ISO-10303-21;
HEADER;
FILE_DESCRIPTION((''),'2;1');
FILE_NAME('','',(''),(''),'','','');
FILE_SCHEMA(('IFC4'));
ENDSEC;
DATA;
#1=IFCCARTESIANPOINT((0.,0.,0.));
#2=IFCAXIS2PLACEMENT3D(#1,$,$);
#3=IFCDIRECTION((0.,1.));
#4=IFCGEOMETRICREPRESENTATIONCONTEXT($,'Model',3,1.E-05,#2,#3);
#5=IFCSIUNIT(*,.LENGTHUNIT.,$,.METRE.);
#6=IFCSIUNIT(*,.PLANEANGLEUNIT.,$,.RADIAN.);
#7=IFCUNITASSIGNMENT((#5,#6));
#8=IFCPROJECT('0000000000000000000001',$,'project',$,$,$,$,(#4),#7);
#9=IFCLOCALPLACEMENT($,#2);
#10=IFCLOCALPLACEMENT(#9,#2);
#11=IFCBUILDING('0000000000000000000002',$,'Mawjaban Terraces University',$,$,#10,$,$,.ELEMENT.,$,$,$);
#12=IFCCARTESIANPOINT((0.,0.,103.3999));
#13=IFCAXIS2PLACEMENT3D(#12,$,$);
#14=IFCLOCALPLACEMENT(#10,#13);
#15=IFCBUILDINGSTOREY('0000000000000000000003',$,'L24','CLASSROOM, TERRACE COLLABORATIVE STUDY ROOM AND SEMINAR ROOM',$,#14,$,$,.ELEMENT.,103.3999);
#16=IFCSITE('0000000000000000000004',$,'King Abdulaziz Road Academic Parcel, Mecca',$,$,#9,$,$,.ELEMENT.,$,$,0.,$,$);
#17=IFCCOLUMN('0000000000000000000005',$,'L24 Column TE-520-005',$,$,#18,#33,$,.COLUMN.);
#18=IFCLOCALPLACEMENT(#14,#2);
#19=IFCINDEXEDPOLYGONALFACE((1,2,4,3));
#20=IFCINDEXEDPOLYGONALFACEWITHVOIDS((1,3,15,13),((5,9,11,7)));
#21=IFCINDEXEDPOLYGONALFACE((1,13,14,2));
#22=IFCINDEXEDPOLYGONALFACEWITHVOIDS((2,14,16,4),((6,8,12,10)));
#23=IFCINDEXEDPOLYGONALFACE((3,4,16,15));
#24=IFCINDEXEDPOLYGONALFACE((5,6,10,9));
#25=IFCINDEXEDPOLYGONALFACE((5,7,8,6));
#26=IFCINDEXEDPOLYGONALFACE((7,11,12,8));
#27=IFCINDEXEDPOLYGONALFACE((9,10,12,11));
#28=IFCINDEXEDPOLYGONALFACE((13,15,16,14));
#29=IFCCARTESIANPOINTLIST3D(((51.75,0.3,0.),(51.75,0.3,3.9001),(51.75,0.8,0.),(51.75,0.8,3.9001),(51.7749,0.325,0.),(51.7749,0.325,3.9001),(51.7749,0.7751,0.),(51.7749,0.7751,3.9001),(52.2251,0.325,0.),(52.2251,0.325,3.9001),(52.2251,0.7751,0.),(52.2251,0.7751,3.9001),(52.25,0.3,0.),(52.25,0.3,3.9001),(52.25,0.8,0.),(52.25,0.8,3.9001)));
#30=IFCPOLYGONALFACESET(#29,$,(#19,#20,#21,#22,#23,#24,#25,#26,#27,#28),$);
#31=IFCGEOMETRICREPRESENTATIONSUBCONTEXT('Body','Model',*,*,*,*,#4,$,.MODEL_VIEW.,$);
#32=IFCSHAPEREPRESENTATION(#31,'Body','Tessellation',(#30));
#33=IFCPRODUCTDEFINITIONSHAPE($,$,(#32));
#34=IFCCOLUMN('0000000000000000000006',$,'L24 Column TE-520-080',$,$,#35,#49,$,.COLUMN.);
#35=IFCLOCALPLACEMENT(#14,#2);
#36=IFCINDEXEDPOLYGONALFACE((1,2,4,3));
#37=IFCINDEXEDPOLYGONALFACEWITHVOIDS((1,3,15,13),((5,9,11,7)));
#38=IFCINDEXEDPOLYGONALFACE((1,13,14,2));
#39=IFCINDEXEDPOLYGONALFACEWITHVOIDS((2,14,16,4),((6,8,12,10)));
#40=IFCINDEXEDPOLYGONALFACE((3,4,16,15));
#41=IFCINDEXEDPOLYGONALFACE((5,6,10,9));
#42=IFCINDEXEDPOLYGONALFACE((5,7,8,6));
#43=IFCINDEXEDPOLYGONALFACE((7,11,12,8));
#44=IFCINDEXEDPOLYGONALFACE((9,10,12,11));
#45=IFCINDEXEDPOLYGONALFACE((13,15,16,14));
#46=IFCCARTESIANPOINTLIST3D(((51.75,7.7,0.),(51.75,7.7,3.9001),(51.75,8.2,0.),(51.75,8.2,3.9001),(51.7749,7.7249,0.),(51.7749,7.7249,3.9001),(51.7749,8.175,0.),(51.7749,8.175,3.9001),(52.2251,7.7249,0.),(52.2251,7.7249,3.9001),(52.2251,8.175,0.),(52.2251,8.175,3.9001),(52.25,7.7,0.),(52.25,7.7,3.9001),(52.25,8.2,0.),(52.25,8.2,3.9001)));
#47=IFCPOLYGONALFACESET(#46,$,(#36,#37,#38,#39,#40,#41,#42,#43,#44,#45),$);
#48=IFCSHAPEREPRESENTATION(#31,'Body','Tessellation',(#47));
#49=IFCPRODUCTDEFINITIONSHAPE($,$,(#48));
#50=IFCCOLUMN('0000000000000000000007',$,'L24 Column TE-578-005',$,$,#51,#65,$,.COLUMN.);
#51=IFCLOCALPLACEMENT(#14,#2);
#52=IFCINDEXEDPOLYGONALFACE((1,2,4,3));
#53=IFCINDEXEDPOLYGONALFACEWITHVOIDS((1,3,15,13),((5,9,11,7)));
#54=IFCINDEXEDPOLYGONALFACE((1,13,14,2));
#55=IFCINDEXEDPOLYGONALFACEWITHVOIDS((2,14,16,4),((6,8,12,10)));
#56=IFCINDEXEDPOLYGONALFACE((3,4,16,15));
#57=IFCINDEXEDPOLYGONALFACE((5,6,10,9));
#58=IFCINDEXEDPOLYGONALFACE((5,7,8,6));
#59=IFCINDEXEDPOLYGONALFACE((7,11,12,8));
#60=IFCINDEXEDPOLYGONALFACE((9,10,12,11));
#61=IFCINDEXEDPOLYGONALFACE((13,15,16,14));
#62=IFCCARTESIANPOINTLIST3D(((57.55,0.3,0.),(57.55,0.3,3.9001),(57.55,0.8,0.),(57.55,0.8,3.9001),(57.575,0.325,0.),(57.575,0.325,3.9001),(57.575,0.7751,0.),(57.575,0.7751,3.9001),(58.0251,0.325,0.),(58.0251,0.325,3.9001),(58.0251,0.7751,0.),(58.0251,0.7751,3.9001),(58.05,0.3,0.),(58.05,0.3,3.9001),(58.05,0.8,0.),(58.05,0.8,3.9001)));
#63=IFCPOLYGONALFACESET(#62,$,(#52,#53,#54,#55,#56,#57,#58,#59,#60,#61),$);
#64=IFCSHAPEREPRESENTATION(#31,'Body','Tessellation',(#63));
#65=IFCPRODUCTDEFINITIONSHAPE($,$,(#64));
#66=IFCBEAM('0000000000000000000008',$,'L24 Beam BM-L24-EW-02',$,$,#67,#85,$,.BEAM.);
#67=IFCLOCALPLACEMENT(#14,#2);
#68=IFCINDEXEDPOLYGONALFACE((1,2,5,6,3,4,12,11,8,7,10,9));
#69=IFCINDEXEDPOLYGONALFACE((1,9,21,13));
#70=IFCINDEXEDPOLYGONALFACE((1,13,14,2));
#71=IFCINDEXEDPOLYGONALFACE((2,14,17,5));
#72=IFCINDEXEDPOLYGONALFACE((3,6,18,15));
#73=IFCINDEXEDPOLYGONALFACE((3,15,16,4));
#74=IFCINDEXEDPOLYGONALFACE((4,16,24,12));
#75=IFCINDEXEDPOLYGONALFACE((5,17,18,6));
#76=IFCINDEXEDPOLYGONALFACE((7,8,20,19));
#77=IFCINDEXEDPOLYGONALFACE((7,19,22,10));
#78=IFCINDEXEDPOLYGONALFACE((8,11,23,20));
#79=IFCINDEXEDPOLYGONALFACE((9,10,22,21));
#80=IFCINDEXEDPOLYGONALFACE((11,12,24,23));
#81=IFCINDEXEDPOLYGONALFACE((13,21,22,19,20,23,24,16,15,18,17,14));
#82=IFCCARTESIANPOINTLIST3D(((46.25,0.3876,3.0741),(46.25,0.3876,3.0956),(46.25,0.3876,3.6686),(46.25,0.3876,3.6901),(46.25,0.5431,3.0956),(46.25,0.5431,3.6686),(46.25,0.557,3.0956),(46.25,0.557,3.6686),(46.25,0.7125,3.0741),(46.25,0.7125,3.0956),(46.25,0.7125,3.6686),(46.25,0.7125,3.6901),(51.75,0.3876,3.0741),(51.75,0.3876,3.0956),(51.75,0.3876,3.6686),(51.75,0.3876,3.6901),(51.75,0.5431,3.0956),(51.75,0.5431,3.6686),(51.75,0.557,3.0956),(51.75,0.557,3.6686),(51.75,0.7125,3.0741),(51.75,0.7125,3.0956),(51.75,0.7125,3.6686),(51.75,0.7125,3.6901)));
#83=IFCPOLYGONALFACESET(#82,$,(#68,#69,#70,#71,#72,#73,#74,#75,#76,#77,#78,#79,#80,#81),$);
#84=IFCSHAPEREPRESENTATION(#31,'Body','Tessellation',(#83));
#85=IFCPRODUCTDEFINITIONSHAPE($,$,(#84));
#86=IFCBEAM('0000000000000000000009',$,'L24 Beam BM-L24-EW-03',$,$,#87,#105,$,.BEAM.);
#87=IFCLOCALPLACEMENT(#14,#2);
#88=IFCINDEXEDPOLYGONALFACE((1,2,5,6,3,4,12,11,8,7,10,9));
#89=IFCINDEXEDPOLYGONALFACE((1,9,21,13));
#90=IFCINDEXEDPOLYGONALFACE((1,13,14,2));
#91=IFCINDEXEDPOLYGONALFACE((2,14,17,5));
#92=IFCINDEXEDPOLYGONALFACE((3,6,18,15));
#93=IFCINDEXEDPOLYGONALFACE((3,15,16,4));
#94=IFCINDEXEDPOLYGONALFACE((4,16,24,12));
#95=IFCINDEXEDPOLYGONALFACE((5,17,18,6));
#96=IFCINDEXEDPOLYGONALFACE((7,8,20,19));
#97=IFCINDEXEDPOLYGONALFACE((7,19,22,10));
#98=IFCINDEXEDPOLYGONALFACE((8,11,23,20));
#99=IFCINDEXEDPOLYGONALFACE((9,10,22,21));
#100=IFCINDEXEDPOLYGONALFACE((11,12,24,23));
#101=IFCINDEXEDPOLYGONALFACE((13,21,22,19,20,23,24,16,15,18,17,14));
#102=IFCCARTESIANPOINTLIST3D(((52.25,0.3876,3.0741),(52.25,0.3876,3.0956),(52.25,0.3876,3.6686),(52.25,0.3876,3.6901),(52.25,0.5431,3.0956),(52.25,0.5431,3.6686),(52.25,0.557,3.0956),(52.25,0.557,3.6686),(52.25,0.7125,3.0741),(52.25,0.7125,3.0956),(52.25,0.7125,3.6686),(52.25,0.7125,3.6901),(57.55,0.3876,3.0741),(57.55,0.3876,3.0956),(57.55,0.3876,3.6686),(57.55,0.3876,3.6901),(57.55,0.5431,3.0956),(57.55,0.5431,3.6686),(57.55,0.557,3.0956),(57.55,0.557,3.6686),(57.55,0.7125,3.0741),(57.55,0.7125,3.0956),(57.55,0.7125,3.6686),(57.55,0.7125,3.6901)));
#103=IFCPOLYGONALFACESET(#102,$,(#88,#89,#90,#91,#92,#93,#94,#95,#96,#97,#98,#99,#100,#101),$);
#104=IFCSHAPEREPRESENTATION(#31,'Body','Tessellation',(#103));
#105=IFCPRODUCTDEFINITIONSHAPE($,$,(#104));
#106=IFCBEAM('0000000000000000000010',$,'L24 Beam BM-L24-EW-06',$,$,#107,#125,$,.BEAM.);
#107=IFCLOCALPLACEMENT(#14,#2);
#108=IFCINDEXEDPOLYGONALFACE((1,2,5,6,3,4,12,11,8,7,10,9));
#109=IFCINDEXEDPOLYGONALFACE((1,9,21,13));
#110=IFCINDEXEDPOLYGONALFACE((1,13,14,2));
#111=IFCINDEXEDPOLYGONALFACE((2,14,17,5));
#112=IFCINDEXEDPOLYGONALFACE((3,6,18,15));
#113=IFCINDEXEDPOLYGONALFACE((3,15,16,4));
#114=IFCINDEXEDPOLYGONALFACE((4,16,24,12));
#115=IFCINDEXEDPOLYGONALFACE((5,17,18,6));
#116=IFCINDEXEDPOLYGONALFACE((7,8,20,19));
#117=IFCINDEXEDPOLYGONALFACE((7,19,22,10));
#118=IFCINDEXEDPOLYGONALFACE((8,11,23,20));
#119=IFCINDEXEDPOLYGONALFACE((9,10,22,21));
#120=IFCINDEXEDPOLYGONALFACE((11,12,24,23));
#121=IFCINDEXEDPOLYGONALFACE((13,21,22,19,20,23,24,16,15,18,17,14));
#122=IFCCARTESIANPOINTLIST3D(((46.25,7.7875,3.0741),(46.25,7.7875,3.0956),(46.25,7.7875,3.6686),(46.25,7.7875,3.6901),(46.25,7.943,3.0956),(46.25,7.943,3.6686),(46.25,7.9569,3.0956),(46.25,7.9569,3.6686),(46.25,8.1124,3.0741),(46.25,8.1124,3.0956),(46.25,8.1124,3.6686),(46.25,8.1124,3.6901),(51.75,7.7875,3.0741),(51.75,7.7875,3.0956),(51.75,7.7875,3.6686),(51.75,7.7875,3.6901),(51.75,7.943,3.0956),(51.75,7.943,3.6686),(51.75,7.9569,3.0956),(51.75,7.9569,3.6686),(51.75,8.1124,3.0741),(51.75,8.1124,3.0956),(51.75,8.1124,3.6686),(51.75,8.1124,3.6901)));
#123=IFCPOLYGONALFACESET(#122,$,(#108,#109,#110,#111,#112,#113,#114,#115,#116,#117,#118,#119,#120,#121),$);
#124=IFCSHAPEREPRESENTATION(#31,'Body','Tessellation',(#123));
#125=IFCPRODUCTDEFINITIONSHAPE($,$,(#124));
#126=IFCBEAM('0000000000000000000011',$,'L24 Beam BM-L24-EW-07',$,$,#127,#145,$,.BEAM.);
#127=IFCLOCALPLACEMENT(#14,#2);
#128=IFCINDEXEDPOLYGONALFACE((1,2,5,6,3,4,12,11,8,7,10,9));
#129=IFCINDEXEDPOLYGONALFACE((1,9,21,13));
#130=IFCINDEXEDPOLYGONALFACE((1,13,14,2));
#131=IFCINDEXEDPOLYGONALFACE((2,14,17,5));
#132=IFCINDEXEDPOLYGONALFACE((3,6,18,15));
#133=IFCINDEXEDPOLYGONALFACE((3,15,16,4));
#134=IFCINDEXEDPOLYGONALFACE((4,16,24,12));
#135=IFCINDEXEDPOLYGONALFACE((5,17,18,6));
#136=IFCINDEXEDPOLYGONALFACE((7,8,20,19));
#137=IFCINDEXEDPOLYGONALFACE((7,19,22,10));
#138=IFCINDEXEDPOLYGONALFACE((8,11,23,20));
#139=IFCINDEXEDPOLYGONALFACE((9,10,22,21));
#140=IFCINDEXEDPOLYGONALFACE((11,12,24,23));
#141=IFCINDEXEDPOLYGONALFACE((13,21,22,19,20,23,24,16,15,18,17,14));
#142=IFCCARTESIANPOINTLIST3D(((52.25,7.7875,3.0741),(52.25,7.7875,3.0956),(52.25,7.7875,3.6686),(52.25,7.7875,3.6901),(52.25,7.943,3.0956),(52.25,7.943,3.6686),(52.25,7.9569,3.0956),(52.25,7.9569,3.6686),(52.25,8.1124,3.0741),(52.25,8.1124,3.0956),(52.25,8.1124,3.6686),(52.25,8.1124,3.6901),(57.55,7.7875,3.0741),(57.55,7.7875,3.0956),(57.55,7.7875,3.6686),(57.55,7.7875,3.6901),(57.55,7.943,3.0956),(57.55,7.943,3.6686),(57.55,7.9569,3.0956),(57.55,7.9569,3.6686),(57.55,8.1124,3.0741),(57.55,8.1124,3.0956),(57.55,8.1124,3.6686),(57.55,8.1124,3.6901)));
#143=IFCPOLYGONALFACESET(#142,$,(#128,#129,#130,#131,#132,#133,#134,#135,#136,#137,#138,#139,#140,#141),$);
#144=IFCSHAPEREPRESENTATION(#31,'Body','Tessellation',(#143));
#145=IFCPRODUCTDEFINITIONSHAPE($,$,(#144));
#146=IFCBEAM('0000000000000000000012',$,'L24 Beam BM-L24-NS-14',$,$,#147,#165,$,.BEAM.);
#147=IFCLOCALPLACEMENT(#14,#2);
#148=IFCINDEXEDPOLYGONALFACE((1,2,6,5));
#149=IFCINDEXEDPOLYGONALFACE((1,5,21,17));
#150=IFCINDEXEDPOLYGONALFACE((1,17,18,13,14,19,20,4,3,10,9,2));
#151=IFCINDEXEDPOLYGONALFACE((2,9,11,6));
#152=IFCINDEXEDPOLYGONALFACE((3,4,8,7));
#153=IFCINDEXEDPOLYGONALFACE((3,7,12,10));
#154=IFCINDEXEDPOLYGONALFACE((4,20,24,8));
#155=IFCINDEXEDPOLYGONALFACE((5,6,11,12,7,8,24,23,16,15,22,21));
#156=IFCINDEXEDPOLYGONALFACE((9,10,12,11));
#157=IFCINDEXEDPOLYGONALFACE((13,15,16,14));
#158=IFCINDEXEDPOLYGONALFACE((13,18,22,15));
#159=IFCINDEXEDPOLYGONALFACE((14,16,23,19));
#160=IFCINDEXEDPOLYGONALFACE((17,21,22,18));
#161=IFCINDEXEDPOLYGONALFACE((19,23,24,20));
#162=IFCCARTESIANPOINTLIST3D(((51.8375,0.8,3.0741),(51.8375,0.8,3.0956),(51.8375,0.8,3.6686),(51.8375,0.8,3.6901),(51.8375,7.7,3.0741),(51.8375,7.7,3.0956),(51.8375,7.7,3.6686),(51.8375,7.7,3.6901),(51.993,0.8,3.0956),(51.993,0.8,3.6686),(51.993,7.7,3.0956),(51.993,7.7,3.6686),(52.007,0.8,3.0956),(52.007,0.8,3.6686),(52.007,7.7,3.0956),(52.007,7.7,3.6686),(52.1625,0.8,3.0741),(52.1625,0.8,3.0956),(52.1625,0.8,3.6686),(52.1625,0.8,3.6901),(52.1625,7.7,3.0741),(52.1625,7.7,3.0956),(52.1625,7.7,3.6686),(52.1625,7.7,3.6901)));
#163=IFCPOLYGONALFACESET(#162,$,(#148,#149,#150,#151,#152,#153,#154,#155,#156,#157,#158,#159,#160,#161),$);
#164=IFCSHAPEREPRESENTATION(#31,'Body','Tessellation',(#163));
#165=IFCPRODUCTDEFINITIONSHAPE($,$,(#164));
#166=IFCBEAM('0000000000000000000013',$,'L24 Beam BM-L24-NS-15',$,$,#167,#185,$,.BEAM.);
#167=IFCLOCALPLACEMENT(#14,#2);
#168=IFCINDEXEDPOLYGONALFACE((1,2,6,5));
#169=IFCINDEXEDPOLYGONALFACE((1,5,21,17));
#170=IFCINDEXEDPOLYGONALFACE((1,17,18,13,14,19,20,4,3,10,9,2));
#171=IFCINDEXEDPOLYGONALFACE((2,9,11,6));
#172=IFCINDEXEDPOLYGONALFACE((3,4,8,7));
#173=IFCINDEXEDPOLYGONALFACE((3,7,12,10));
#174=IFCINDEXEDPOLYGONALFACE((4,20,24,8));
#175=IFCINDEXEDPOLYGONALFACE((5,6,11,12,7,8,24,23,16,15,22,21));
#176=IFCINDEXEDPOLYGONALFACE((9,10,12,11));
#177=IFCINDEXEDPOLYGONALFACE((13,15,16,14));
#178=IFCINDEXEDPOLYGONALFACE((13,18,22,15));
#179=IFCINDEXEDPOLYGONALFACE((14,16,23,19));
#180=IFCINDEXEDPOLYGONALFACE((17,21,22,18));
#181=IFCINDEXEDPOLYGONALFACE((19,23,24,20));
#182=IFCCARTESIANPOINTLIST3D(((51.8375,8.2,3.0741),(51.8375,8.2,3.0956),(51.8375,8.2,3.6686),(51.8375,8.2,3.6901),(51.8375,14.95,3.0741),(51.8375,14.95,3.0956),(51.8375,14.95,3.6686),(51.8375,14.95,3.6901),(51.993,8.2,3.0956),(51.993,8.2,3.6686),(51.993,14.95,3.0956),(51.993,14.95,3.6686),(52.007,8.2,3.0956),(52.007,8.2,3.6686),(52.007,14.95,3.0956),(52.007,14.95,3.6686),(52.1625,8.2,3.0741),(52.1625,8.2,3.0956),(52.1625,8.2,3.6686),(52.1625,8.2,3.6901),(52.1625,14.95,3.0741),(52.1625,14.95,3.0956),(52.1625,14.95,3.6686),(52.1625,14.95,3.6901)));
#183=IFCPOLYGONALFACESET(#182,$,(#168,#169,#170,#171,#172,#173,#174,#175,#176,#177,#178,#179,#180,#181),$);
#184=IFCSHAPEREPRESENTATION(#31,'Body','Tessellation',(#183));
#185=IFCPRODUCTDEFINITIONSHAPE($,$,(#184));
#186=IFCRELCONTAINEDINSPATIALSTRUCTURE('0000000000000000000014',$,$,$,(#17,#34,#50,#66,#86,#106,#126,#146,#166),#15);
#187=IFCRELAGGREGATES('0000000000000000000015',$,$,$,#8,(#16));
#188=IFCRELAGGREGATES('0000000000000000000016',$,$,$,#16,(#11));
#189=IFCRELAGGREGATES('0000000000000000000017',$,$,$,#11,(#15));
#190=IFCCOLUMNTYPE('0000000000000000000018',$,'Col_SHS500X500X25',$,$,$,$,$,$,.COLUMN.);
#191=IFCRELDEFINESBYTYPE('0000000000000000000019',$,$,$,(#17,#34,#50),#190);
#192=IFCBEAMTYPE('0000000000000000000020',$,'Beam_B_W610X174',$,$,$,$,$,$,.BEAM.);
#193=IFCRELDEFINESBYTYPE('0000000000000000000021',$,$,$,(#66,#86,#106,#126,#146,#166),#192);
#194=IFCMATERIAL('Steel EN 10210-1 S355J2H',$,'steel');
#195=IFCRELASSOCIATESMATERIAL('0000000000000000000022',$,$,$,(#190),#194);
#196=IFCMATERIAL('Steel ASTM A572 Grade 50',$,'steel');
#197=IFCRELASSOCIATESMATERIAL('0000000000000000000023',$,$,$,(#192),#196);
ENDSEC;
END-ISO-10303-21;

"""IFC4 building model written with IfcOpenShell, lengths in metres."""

from ifc_helpers import new_model, si_unit, direction, frame, origin, origin_2d, place, context, subcontext, project, spatial, hollow_rectangle, i_section, extrude, material, material_profile, profile_set, type_object, element, save


model = new_model("IFC4")

# Units and contexts
model_context = context("Model", 3, precision=1e-05, world=origin(), true_north=direction((0.0, 1.0)))
body_context = subcontext(model_context, "Body", "Model", "MODEL_VIEW")
ifc_project = project(units=[si_unit("LENGTHUNIT", "METRE"), si_unit("PLANEANGLEUNIT", "RADIAN")], contexts=[model_context])

# Site, building, storey
site_placement = place(None, origin())
site = spatial("IfcSite", under=ifc_project, at=site_placement, Name="King Abdulaziz Road Academic Parcel, Mecca", CompositionType="ELEMENT", RefElevation=0.0)
building_placement = place(site_placement, origin())
building = spatial("IfcBuilding", under=site, at=building_placement, Name="Mawjaban Terraces University", CompositionType="ELEMENT")
storey_placement = place(building_placement, frame((0.0, 0.0, 103.3999)))
storey = spatial("IfcBuildingStorey", under=building, at=storey_placement, Name="L24", Description="CLASSROOM, TERRACE COLLABORATIVE STUDY ROOM AND SEMINAR ROOM", CompositionType="ELEMENT", Elevation=103.3999)

# Columns
ifc_material_1 = material(Name="Steel EN 10210-1 S355J2H", Category="steel")
ifc_material_profile_1 = material_profile(ifc_material_1, hollow_rectangle(XDim=0.5, YDim=0.5, WallThickness=0.0249, at=origin_2d()), Name="SHS500X500X25")
ifc_profile_set_1 = profile_set([ifc_material_profile_1], Name="Steel EN 10210-1 S355J2H")
column_type = type_object("IfcColumnType", Name="Col_SHS500X500X25", PredefinedType="COLUMN", material=ifc_profile_set_1)
for number, where, z_axis, x_axis, name in (
    (1, (52.0, 0.55, 0.0), (0.0, 0.0, 1.0), (1.0, 0.0, 0.0), "L24 Column TE-520-005"),
    (2, (52.0, 7.95, 0.0), (0.0, 0.0, 1.0), (1.0, 0.0, 0.0), "L24 Column TE-520-080"),
    (3, (57.8, 0.55, 0.0), (0.0, 0.0, 1.0), (1.0, 0.0, 0.0), "L24 Column TE-578-005"),
):
    element("IfcColumn", number, at=place(storey_placement, frame(where, z_axis=z_axis, x_axis=x_axis)), inside=storey, type_object=column_type, Name=name, PredefinedType="COLUMN", context=body_context, shape_type="SweptSolid", body=[
        extrude(hollow_rectangle(XDim=0.5, YDim=0.5, WallThickness=0.0249, at=origin_2d()), origin(), (0.0, 0.0, 1.0), 3.9001),
    ])

# Beams
ifc_material_2 = material(Name="Steel ASTM A572 Grade 50", Category="steel")
ifc_material_profile_2 = material_profile(ifc_material_2, i_section(OverallWidth=0.325, OverallDepth=0.616, WebThickness=0.0139, FlangeThickness=0.0215, at=origin_2d()), Name="W610X174")
ifc_profile_set_2 = profile_set([ifc_material_profile_2], Name="Steel ASTM A572 Grade 50")
beam_type_1 = type_object("IfcBeamType", Name="Beam_B_W610X174", PredefinedType="BEAM", material=ifc_profile_set_2)
beam_1_placement = place(storey_placement, frame((46.25, 0.55, 3.3821), z_axis=(1.0, 0.0, 0.0), x_axis=(0.0, 1.0, 0.0)))
element("IfcBeam", 4, at=beam_1_placement, inside=storey, type_object=beam_type_1, Name="L24 Beam BM-L24-EW-02", PredefinedType="BEAM", context=body_context, shape_type="SweptSolid", body=[
    extrude(i_section(OverallWidth=0.325, OverallDepth=0.616, WebThickness=0.0139, FlangeThickness=0.0215, at=origin_2d()), origin(), (0.0, 0.0, 1.0), 5.5),
])
beam_2_placement = place(storey_placement, frame((52.25, 0.55, 3.3821), z_axis=(1.0, 0.0, 0.0), x_axis=(0.0, 1.0, 0.0)))
element("IfcBeam", 5, at=beam_2_placement, inside=storey, type_object=beam_type_1, Name="L24 Beam BM-L24-EW-03", PredefinedType="BEAM", context=body_context, shape_type="SweptSolid", body=[
    extrude(i_section(OverallWidth=0.325, OverallDepth=0.616, WebThickness=0.0139, FlangeThickness=0.0215, at=origin_2d()), origin(), (0.0, 0.0, 1.0), 5.3),
])
beam_3_placement = place(storey_placement, frame((46.25, 7.95, 3.3821), z_axis=(1.0, 0.0, 0.0), x_axis=(0.0, 1.0, 0.0)))
element("IfcBeam", 6, at=beam_3_placement, inside=storey, type_object=beam_type_1, Name="L24 Beam BM-L24-EW-06", PredefinedType="BEAM", context=body_context, shape_type="SweptSolid", body=[
    extrude(i_section(OverallWidth=0.325, OverallDepth=0.616, WebThickness=0.0139, FlangeThickness=0.0215, at=origin_2d()), origin(), (0.0, 0.0, 1.0), 5.5),
])
beam_4_placement = place(storey_placement, frame((52.25, 7.95, 3.3821), z_axis=(1.0, 0.0, 0.0), x_axis=(0.0, 1.0, 0.0)))
element("IfcBeam", 7, at=beam_4_placement, inside=storey, type_object=beam_type_1, Name="L24 Beam BM-L24-EW-07", PredefinedType="BEAM", context=body_context, shape_type="SweptSolid", body=[
    extrude(i_section(OverallWidth=0.325, OverallDepth=0.616, WebThickness=0.0139, FlangeThickness=0.0215, at=origin_2d()), origin(), (0.0, 0.0, 1.0), 5.3),
])
beam_5_placement = place(storey_placement, frame((52.0, 0.8, 3.3821), z_axis=(0.0, 1.0, 0.0), x_axis=(-1.0, 0.0, 0.0)))
element("IfcBeam", 8, at=beam_5_placement, inside=storey, type_object=beam_type_1, Name="L24 Beam BM-L24-NS-14", PredefinedType="BEAM", context=body_context, shape_type="SweptSolid", body=[
    extrude(i_section(OverallWidth=0.325, OverallDepth=0.616, WebThickness=0.0139, FlangeThickness=0.0215, at=origin_2d()), origin(), (0.0, 0.0, 1.0), 6.8999),
])
beam_6_placement = place(storey_placement, frame((52.0, 8.2, 3.3821), z_axis=(0.0, 1.0, 0.0), x_axis=(-1.0, 0.0, 0.0)))
element("IfcBeam", 9, at=beam_6_placement, inside=storey, type_object=beam_type_1, Name="L24 Beam BM-L24-NS-15", PredefinedType="BEAM", context=body_context, shape_type="SweptSolid", body=[
    extrude(i_section(OverallWidth=0.325, OverallDepth=0.616, WebThickness=0.0139, FlangeThickness=0.0215, at=origin_2d()), origin(), (0.0, 0.0, 1.0), 6.75),
])

save(model, "model.ifc")
